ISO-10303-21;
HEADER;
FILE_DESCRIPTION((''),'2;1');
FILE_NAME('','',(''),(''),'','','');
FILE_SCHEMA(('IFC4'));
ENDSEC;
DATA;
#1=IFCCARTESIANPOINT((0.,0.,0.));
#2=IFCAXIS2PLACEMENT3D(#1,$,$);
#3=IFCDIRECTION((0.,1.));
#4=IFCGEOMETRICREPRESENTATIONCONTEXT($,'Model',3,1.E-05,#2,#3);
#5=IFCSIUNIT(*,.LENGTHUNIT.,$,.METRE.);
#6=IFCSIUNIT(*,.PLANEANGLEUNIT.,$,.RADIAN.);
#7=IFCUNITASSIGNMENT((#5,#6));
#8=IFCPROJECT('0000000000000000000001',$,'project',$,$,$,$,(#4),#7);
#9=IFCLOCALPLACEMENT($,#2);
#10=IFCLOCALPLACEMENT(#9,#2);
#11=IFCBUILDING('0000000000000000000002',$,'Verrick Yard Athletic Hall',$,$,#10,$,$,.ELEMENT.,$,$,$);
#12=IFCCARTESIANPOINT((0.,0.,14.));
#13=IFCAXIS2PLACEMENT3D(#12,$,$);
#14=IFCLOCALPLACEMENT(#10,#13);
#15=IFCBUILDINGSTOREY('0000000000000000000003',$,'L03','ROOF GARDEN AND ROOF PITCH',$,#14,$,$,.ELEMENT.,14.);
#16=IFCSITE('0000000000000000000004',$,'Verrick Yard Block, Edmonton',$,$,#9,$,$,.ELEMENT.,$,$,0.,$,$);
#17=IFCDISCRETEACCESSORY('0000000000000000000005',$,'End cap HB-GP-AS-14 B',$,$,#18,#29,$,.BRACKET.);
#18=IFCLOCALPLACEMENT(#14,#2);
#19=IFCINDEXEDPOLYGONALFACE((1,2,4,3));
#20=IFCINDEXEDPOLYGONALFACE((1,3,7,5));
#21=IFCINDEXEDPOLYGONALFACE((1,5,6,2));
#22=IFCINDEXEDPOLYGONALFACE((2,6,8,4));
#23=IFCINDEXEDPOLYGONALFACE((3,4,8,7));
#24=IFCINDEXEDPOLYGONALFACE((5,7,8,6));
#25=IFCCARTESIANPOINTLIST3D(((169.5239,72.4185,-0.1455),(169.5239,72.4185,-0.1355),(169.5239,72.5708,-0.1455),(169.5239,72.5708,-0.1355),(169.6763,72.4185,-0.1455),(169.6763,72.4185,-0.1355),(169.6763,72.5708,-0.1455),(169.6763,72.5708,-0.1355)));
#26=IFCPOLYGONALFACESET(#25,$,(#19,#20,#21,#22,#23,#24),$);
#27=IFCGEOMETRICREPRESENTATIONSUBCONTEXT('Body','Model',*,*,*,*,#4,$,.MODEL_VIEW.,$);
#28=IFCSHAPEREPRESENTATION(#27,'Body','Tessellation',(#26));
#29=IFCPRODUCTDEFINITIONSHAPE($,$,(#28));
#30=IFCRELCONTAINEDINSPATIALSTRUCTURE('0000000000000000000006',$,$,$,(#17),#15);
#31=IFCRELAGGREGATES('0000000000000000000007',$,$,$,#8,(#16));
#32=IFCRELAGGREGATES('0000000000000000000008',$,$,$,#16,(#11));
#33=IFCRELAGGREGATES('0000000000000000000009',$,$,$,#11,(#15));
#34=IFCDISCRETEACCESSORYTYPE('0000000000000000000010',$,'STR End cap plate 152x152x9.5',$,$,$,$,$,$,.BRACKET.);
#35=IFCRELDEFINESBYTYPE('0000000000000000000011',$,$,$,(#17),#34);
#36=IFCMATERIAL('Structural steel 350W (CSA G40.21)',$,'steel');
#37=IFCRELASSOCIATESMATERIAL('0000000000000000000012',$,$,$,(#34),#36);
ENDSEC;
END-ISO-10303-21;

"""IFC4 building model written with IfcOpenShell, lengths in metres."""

from ifc_helpers import new_model, si_unit, direction, frame, origin, origin_2d, place, context, subcontext, project, spatial, rectangle, extrude, material, material_profile, profile_set, type_object, element, save


model = new_model("IFC4")

# Units and contexts
model_context = context("Model", 3, precision=1e-05, world=origin(), true_north=direction((0.0, 1.0)))
body_context = subcontext(model_context, "Body", "Model", "MODEL_VIEW")
ifc_project = project(units=[si_unit("LENGTHUNIT", "METRE"), si_unit("PLANEANGLEUNIT", "RADIAN")], contexts=[model_context])

# Site, building, storey
site_placement = place(None, origin())
site = spatial("IfcSite", under=ifc_project, at=site_placement, Name="Verrick Yard Block, Edmonton", CompositionType="ELEMENT", RefElevation=0.0)
building_placement = place(site_placement, origin())
building = spatial("IfcBuilding", under=site, at=building_placement, Name="Verrick Yard Athletic Hall", CompositionType="ELEMENT")
storey_placement = place(building_placement, frame((0.0, 0.0, 14.0)))
storey = spatial("IfcBuildingStorey", under=building, at=storey_placement, Name="L03", Description="ROOF GARDEN AND ROOF PITCH", CompositionType="ELEMENT", Elevation=14.0)

# Discrete accessory
ifc_material_1 = material(Name="Structural steel 350W (CSA G40.21)", Category="steel")
ifc_material_profile_1 = material_profile(ifc_material_1, rectangle(XDim=0.1523, YDim=0.1523, at=origin_2d()), Name="STR End cap plate 152x152x9.5")
ifc_profile_set_1 = profile_set([ifc_material_profile_1], Name="Structural steel 350W (CSA G40.21)")
discrete_accessory_type_1 = type_object("IfcDiscreteAccessoryType", Name="STR End cap plate 152x152x9.5", PredefinedType="BRACKET", material=ifc_profile_set_1)
for number, where, z_axis, x_axis, name in (
    (1, (169.6001, 72.4946, -0.1455), (0.0, 0.0, 1.0), (1.0, 0.0, 0.0), "End cap HB-GP-AS-14 B"),
):
    element("IfcDiscreteAccessory", number, at=place(storey_placement, frame(where, z_axis=z_axis, x_axis=x_axis)), inside=storey, type_object=discrete_accessory_type_1, Name=name, PredefinedType="BRACKET", context=body_context, shape_type="SweptSolid", body=[
        extrude(rectangle(XDim=0.1523, YDim=0.1523, at=origin_2d()), origin(), (0.0, 0.0, 1.0), 0.01),
    ])

save(model, "model.ifc")
